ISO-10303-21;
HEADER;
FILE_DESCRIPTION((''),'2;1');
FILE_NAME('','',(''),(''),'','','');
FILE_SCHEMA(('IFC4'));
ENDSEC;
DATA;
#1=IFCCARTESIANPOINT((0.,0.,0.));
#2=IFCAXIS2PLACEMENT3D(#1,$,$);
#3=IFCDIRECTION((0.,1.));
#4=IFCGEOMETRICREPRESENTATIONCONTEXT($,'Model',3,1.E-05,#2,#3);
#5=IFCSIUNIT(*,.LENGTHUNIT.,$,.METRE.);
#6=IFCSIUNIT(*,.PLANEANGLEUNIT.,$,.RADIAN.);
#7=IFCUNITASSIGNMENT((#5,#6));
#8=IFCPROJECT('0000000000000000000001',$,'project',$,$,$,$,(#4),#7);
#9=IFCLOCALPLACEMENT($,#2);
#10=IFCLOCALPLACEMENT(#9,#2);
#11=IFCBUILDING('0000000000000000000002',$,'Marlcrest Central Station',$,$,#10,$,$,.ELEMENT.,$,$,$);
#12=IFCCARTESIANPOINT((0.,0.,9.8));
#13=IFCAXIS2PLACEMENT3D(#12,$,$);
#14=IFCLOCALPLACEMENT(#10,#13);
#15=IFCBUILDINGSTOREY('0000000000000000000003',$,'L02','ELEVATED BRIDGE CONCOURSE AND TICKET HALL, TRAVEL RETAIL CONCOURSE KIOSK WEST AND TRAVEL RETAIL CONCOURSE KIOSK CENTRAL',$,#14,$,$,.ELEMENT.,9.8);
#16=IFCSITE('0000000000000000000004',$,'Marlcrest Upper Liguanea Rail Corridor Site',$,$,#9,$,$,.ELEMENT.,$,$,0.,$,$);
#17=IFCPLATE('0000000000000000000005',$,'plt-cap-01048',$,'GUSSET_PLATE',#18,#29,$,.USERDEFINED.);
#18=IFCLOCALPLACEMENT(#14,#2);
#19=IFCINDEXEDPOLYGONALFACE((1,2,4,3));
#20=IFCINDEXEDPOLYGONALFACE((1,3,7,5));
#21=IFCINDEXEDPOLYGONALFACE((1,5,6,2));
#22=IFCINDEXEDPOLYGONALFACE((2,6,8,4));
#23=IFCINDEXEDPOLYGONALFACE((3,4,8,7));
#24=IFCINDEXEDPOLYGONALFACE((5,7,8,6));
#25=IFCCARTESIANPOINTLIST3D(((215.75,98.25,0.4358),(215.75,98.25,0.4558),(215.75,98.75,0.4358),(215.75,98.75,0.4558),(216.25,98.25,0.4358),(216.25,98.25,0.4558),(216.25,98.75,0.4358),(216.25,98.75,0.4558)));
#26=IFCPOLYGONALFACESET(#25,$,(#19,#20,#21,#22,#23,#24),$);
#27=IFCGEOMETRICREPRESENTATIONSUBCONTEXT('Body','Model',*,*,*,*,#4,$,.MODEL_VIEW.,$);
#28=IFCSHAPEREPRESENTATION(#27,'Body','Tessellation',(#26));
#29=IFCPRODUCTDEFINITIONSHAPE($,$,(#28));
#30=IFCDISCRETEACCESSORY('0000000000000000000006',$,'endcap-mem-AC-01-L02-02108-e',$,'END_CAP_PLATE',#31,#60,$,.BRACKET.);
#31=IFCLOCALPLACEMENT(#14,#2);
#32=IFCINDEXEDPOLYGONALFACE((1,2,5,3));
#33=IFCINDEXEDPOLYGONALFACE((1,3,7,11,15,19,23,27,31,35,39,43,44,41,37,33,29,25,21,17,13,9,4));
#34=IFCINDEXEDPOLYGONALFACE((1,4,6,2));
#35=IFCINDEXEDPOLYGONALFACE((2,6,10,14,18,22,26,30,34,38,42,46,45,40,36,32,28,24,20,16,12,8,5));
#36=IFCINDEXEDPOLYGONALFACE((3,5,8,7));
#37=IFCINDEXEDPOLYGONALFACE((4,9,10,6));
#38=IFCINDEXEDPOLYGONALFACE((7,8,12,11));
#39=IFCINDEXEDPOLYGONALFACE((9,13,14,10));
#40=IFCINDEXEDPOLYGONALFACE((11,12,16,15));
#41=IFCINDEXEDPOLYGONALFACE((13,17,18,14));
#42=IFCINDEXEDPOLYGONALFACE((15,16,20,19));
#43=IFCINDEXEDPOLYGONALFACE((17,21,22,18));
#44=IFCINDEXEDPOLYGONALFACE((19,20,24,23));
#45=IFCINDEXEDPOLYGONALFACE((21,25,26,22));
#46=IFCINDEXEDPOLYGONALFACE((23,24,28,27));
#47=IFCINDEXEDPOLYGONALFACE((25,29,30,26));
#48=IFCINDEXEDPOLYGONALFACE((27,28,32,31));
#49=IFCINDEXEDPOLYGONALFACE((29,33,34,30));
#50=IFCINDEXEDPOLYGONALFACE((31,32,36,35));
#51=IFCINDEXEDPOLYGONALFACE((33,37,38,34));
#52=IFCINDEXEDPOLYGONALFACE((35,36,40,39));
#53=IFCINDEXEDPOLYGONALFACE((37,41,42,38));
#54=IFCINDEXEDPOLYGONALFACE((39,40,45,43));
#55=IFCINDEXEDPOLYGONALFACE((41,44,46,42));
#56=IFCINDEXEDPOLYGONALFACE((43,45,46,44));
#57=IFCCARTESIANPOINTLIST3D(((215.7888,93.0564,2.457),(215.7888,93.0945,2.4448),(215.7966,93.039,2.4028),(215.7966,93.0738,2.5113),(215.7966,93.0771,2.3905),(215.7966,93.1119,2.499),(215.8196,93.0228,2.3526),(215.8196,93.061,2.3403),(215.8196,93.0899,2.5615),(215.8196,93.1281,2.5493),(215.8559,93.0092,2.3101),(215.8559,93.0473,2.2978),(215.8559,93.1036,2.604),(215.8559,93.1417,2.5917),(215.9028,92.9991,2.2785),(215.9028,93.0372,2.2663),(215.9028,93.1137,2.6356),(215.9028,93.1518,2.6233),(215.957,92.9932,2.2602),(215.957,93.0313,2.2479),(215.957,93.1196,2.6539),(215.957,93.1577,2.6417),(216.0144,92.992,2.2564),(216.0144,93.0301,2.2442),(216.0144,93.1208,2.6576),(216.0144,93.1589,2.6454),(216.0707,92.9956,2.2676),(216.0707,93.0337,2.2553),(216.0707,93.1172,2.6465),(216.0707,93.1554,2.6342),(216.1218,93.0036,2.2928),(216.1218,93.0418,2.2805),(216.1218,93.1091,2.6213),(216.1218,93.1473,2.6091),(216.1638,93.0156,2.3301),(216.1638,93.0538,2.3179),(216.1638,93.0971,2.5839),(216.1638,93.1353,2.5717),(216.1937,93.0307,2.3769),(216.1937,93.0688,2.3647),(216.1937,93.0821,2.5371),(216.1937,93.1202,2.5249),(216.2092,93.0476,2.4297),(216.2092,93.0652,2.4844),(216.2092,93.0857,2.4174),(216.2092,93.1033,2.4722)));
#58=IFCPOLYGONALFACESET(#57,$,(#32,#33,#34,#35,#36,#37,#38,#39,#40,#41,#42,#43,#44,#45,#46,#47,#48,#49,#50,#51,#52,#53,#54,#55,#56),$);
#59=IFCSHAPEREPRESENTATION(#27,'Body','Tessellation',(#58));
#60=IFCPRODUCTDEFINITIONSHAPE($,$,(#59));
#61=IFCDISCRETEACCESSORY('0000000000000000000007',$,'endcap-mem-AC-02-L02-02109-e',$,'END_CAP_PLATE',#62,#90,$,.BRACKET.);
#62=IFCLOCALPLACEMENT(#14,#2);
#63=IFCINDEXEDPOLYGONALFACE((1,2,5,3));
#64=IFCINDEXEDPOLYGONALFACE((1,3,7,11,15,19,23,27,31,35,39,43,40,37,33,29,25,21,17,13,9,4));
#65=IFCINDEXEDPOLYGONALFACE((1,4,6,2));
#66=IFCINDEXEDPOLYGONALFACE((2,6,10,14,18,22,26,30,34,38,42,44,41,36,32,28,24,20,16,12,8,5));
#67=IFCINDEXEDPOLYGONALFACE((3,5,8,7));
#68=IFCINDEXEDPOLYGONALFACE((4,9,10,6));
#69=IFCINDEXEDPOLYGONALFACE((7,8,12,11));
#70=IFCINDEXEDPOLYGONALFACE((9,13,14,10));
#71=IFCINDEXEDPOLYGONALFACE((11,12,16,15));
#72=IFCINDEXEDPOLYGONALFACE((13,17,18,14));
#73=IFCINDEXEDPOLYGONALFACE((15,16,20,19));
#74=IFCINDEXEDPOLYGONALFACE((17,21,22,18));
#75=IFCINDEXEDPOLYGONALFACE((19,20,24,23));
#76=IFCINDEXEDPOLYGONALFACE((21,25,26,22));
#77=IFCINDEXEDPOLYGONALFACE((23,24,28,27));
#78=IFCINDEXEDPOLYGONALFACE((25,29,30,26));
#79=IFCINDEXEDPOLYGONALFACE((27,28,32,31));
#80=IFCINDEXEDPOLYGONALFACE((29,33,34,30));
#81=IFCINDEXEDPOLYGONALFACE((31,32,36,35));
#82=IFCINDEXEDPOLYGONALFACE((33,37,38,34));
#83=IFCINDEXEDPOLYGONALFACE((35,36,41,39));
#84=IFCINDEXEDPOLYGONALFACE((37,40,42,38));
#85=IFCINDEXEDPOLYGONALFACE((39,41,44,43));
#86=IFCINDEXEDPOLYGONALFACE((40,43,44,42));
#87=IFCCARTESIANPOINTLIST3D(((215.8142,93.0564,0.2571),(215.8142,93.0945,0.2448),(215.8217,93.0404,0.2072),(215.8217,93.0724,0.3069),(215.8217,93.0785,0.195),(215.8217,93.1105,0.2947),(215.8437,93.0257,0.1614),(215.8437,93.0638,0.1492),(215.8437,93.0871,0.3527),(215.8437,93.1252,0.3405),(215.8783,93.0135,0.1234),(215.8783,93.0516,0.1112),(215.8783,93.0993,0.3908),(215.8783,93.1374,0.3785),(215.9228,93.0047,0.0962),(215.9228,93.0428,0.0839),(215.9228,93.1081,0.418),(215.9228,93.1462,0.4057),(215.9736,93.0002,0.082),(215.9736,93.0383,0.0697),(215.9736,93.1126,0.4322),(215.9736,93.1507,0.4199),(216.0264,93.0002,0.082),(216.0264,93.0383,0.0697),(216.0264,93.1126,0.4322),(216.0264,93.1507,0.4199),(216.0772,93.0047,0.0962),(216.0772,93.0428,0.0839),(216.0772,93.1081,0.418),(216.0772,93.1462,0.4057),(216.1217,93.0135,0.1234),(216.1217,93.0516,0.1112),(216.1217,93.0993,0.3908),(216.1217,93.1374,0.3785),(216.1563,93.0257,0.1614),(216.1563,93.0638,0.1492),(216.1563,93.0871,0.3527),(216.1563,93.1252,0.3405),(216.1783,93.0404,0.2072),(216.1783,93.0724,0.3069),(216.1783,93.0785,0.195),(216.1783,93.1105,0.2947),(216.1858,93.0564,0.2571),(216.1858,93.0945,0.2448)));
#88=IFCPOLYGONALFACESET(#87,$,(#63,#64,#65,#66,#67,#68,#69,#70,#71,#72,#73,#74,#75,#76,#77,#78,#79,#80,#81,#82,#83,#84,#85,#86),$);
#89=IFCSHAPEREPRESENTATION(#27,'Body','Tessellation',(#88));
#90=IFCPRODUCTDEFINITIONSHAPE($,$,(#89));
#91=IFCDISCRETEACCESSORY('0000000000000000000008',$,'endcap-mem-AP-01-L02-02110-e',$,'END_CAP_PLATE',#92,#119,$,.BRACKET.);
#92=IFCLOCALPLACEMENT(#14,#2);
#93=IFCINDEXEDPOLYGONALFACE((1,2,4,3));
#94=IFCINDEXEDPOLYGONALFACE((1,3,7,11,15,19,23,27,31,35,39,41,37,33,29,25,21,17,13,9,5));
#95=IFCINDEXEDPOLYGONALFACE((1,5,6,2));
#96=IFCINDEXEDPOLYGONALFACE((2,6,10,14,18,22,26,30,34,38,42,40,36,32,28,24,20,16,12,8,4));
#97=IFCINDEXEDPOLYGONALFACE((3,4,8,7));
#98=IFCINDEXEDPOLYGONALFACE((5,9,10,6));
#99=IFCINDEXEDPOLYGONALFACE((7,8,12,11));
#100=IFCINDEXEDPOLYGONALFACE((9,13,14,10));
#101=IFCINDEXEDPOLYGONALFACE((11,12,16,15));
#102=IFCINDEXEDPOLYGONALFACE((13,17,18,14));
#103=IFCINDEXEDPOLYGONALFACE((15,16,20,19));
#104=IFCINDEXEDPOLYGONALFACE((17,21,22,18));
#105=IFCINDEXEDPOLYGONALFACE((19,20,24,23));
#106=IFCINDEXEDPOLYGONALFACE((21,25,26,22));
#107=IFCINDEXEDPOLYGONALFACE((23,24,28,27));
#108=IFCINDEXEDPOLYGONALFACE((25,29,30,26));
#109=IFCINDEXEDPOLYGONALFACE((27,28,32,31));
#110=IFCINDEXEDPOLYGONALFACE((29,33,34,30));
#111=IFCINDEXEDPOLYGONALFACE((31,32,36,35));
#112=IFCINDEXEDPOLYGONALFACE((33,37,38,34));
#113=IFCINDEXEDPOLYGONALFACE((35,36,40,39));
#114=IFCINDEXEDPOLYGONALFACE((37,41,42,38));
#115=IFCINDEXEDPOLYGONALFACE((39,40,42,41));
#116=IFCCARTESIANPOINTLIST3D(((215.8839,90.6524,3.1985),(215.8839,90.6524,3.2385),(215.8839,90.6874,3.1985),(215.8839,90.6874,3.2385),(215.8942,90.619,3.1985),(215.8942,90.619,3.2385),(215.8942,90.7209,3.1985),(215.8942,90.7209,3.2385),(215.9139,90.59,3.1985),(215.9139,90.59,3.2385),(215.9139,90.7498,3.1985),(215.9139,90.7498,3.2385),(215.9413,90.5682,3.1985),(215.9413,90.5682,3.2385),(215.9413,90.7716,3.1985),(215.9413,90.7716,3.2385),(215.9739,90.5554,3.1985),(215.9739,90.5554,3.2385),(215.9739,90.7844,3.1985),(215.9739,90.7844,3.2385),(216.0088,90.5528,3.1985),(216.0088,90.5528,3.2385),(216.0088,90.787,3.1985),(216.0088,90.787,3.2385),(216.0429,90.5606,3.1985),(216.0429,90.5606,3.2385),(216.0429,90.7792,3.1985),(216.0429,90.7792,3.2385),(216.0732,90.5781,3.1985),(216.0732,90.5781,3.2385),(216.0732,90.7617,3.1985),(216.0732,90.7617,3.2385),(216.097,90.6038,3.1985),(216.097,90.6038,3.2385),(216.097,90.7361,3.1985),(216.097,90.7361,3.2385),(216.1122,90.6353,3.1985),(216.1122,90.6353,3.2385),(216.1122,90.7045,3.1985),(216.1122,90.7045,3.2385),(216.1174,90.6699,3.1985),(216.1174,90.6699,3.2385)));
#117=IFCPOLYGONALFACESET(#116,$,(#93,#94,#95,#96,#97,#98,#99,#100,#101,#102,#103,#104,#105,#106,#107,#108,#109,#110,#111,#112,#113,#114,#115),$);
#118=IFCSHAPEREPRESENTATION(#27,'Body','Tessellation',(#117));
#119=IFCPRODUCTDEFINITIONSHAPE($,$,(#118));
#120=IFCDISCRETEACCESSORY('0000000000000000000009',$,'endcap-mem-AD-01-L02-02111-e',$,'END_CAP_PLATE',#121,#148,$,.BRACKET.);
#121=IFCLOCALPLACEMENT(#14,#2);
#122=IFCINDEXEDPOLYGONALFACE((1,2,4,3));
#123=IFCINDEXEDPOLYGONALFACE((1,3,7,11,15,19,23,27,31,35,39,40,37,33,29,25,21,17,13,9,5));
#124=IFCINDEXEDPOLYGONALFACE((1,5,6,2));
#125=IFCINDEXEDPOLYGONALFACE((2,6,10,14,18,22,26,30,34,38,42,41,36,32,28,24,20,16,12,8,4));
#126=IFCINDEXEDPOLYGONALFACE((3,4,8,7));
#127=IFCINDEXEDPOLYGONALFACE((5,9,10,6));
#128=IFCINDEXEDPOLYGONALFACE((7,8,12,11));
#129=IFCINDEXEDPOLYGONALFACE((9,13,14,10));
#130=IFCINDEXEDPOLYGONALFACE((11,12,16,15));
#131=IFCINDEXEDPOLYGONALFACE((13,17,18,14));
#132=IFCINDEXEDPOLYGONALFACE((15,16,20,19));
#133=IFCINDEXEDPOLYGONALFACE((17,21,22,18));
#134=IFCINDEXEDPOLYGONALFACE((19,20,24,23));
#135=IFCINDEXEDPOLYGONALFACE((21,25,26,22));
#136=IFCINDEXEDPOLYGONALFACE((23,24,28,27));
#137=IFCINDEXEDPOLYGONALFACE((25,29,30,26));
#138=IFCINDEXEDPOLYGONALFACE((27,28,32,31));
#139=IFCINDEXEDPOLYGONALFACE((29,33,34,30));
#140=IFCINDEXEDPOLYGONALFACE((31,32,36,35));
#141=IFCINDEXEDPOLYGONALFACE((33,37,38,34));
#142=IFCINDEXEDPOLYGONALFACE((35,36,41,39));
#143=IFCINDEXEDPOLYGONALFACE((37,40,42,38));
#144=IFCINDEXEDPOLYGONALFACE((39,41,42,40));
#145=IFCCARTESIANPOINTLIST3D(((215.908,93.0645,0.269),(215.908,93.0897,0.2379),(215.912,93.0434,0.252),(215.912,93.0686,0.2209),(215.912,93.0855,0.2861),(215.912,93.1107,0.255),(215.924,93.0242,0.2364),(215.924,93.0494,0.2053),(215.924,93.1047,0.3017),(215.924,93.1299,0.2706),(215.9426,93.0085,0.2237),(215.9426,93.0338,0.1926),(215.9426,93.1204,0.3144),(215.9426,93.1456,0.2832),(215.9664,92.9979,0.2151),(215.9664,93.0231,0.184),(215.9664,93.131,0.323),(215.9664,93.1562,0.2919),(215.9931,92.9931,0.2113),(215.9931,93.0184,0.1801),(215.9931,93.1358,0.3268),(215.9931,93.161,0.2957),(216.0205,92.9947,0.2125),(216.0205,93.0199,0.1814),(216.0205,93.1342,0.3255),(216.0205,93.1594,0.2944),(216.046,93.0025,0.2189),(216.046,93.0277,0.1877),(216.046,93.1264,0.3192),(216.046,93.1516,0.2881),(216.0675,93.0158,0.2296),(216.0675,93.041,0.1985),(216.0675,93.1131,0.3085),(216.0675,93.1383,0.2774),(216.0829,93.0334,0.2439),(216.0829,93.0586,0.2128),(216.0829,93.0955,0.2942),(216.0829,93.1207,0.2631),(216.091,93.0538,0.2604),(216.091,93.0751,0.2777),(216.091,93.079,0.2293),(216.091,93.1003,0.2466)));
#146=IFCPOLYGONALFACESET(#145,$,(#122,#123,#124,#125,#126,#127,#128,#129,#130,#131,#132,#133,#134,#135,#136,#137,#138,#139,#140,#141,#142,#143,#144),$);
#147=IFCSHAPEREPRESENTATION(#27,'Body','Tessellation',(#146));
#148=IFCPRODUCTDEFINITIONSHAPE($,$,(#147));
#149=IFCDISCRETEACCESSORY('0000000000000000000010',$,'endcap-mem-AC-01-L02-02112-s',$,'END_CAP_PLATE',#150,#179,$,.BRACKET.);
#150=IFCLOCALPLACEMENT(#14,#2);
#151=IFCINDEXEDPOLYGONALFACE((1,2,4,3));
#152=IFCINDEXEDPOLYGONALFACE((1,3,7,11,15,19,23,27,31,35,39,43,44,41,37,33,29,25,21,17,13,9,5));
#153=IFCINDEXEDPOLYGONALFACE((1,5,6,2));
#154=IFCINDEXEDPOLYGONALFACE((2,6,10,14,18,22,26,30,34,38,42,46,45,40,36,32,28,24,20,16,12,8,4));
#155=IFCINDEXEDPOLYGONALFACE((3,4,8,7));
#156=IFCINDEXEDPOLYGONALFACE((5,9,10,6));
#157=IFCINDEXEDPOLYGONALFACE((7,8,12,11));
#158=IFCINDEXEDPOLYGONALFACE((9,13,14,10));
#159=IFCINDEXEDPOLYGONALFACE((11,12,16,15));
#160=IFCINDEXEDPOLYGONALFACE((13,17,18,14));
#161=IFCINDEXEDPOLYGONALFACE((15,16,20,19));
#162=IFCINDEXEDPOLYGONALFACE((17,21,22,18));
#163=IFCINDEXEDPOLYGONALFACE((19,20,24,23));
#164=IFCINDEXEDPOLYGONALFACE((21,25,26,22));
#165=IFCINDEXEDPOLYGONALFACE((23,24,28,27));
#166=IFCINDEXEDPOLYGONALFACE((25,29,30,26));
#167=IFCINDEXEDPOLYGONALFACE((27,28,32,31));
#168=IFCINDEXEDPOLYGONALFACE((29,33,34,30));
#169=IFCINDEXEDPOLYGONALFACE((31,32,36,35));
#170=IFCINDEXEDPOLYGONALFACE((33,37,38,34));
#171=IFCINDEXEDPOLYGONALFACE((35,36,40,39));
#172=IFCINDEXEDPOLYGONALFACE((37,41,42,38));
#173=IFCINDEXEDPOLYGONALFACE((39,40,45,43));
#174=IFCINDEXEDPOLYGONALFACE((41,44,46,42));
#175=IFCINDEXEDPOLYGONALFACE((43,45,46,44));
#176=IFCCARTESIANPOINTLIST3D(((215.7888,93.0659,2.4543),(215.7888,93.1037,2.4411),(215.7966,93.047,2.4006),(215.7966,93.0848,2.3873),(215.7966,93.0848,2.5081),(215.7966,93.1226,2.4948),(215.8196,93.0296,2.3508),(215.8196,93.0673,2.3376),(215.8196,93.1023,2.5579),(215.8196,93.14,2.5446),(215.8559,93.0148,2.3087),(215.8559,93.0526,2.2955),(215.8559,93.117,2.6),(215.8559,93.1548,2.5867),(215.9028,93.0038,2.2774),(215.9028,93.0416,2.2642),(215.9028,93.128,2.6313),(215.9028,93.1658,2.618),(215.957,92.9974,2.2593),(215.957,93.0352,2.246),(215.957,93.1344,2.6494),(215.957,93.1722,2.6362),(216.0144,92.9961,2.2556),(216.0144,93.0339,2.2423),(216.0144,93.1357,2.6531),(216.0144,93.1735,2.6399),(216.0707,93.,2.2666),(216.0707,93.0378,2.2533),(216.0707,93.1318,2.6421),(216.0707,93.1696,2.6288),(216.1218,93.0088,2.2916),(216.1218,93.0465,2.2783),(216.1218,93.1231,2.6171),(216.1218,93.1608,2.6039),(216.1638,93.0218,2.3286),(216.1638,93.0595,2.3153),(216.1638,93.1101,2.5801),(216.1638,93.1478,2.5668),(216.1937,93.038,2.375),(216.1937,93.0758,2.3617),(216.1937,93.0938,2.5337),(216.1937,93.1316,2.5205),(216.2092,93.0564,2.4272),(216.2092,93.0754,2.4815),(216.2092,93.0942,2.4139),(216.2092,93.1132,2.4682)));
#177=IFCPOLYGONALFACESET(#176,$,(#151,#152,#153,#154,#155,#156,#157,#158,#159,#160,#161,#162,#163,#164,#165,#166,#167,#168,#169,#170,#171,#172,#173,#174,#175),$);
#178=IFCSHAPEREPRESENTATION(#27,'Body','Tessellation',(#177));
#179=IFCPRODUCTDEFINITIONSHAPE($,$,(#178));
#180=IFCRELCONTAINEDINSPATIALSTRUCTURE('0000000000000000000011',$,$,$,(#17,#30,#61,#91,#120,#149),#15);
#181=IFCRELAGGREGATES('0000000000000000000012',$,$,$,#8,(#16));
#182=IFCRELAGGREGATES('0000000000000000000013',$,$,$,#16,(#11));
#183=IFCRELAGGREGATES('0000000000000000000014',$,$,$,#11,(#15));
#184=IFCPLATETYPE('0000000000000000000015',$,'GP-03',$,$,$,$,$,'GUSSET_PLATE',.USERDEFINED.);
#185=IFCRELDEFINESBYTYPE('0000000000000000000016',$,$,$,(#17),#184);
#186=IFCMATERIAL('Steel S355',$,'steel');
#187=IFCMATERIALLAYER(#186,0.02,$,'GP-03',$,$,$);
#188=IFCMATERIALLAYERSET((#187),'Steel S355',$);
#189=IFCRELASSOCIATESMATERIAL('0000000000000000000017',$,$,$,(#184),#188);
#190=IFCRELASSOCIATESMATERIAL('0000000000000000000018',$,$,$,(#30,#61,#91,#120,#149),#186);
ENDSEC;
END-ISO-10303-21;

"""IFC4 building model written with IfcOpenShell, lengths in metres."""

from ifc_helpers import new_model, si_unit, direction, frame, origin, origin_2d, place, context, subcontext, project, spatial, rectangle, circle, extrude, material, layer, layer_set, type_object, element, save


model = new_model("IFC4")

# Units and contexts
model_context = context("Model", 3, precision=1e-05, world=origin(), true_north=direction((0.0, 1.0)))
body_context = subcontext(model_context, "Body", "Model", "MODEL_VIEW")
ifc_project = project(units=[si_unit("LENGTHUNIT", "METRE"), si_unit("PLANEANGLEUNIT", "RADIAN")], contexts=[model_context])

# Site, building, storey
site_placement = place(None, origin())
site = spatial("IfcSite", under=ifc_project, at=site_placement, Name="Marlcrest Upper Liguanea Rail Corridor Site", CompositionType="ELEMENT", RefElevation=0.0)
building_placement = place(site_placement, origin())
building = spatial("IfcBuilding", under=site, at=building_placement, Name="Marlcrest Central Station", CompositionType="ELEMENT")
storey_placement = place(building_placement, frame((0.0, 0.0, 9.8)))
storey = spatial("IfcBuildingStorey", under=building, at=storey_placement, Name="L02", Description="ELEVATED BRIDGE CONCOURSE AND TICKET HALL, TRAVEL RETAIL CONCOURSE KIOSK WEST AND TRAVEL RETAIL CONCOURSE KIOSK CENTRAL", CompositionType="ELEMENT", Elevation=9.8)

# Shared definitions
ifc_material = material(Name="Steel S355", Category="steel")

# Plate
ifc_layer = layer(ifc_material, 0.02, Name="GP-03")
ifc_layer_set = layer_set([ifc_layer], Name="Steel S355")
plate_type = type_object("IfcPlateType", Name="GP-03", ElementType="GUSSET_PLATE", PredefinedType="USERDEFINED", material=ifc_layer_set)
for number, where, z_axis, x_axis, name in (
    (1, (216.0, 98.5, 0.4358), (0.0, 0.0, 1.0), (1.0, 0.0, 0.0), "plt-cap-01048"),
):
    element("IfcPlate", number, at=place(storey_placement, frame(where, z_axis=z_axis, x_axis=x_axis)), inside=storey, type_object=plate_type, Name=name, ObjectType="GUSSET_PLATE", PredefinedType="USERDEFINED", context=body_context, shape_type="SweptSolid", body=[
        extrude(rectangle(XDim=0.5, YDim=0.5, at=origin_2d()), origin(), (0.0, 0.0, 1.0), 0.02),
    ])

# Discrete accessories
discrete_accessory_1_placement = place(storey_placement, frame((216.0, 93.0564, 2.457), z_axis=(0.0, 0.952117, -0.305734), x_axis=(-1.0, 0.0, 0.0)))
element("IfcDiscreteAccessory", 2, at=discrete_accessory_1_placement, inside=storey, material=ifc_material, Name="endcap-mem-AC-01-L02-02108-e", ObjectType="END_CAP_PLATE", PredefinedType="BRACKET", context=body_context, shape_type="SweptSolid", body=[
    extrude(circle(Radius=0.2112, at=origin_2d()), origin(), (0.0, 0.0, 1.0), 0.04),
])
discrete_accessory_2_placement = place(storey_placement, frame((216.0, 93.0564, 0.2571), z_axis=(0.0, 0.952117, -0.305734), x_axis=(-1.0, 0.0, 0.0)))
element("IfcDiscreteAccessory", 3, at=discrete_accessory_2_placement, inside=storey, material=ifc_material, Name="endcap-mem-AC-02-L02-02109-e", ObjectType="END_CAP_PLATE", PredefinedType="BRACKET", context=body_context, shape_type="SweptSolid", body=[
    extrude(circle(Radius=0.1858, at=origin_2d()), origin(), (0.0, 0.0, 1.0), 0.04),
])
discrete_accessory_3_placement = place(storey_placement, frame((216.0, 90.6699, 3.1985), z_axis=(0.0, 0.0, 1.0), x_axis=(1.0, 0.0, 0.0)))
element("IfcDiscreteAccessory", 4, at=discrete_accessory_3_placement, inside=storey, material=ifc_material, Name="endcap-mem-AP-01-L02-02110-e", ObjectType="END_CAP_PLATE", PredefinedType="BRACKET", context=body_context, shape_type="SweptSolid", body=[
    extrude(circle(Radius=0.1174, at=origin_2d()), origin(), (0.0, 0.0, 1.0), 0.04),
])
discrete_accessory_4_placement = place(storey_placement, frame((216.0, 93.0645, 0.269), z_axis=(0.0, 0.629629, -0.776896), x_axis=(-1.0, 0.0, 0.0)))
element("IfcDiscreteAccessory", 5, at=discrete_accessory_4_placement, inside=storey, material=ifc_material, Name="endcap-mem-AD-01-L02-02111-e", ObjectType="END_CAP_PLATE", PredefinedType="BRACKET", context=body_context, shape_type="SweptSolid", body=[
    extrude(circle(Radius=0.092, at=origin_2d()), origin(), (0.0, 0.0, 1.0), 0.04),
])
for number, where, z_axis, x_axis, name in (
    (6, (216.0, 93.0659, 2.4543), (0.0, 0.943537, -0.331266), (-1.0, 0.0, 0.0), "endcap-mem-AC-01-L02-02112-s"),
):
    element("IfcDiscreteAccessory", number, at=place(storey_placement, frame(where, z_axis=z_axis, x_axis=x_axis)), inside=storey, material=ifc_material, Name=name, ObjectType="END_CAP_PLATE", PredefinedType="BRACKET", context=body_context, shape_type="SweptSolid", body=[
        extrude(circle(Radius=0.2112, at=origin_2d()), origin(), (0.0, 0.0, 1.0), 0.04),
    ])

save(model, "model.ifc")
